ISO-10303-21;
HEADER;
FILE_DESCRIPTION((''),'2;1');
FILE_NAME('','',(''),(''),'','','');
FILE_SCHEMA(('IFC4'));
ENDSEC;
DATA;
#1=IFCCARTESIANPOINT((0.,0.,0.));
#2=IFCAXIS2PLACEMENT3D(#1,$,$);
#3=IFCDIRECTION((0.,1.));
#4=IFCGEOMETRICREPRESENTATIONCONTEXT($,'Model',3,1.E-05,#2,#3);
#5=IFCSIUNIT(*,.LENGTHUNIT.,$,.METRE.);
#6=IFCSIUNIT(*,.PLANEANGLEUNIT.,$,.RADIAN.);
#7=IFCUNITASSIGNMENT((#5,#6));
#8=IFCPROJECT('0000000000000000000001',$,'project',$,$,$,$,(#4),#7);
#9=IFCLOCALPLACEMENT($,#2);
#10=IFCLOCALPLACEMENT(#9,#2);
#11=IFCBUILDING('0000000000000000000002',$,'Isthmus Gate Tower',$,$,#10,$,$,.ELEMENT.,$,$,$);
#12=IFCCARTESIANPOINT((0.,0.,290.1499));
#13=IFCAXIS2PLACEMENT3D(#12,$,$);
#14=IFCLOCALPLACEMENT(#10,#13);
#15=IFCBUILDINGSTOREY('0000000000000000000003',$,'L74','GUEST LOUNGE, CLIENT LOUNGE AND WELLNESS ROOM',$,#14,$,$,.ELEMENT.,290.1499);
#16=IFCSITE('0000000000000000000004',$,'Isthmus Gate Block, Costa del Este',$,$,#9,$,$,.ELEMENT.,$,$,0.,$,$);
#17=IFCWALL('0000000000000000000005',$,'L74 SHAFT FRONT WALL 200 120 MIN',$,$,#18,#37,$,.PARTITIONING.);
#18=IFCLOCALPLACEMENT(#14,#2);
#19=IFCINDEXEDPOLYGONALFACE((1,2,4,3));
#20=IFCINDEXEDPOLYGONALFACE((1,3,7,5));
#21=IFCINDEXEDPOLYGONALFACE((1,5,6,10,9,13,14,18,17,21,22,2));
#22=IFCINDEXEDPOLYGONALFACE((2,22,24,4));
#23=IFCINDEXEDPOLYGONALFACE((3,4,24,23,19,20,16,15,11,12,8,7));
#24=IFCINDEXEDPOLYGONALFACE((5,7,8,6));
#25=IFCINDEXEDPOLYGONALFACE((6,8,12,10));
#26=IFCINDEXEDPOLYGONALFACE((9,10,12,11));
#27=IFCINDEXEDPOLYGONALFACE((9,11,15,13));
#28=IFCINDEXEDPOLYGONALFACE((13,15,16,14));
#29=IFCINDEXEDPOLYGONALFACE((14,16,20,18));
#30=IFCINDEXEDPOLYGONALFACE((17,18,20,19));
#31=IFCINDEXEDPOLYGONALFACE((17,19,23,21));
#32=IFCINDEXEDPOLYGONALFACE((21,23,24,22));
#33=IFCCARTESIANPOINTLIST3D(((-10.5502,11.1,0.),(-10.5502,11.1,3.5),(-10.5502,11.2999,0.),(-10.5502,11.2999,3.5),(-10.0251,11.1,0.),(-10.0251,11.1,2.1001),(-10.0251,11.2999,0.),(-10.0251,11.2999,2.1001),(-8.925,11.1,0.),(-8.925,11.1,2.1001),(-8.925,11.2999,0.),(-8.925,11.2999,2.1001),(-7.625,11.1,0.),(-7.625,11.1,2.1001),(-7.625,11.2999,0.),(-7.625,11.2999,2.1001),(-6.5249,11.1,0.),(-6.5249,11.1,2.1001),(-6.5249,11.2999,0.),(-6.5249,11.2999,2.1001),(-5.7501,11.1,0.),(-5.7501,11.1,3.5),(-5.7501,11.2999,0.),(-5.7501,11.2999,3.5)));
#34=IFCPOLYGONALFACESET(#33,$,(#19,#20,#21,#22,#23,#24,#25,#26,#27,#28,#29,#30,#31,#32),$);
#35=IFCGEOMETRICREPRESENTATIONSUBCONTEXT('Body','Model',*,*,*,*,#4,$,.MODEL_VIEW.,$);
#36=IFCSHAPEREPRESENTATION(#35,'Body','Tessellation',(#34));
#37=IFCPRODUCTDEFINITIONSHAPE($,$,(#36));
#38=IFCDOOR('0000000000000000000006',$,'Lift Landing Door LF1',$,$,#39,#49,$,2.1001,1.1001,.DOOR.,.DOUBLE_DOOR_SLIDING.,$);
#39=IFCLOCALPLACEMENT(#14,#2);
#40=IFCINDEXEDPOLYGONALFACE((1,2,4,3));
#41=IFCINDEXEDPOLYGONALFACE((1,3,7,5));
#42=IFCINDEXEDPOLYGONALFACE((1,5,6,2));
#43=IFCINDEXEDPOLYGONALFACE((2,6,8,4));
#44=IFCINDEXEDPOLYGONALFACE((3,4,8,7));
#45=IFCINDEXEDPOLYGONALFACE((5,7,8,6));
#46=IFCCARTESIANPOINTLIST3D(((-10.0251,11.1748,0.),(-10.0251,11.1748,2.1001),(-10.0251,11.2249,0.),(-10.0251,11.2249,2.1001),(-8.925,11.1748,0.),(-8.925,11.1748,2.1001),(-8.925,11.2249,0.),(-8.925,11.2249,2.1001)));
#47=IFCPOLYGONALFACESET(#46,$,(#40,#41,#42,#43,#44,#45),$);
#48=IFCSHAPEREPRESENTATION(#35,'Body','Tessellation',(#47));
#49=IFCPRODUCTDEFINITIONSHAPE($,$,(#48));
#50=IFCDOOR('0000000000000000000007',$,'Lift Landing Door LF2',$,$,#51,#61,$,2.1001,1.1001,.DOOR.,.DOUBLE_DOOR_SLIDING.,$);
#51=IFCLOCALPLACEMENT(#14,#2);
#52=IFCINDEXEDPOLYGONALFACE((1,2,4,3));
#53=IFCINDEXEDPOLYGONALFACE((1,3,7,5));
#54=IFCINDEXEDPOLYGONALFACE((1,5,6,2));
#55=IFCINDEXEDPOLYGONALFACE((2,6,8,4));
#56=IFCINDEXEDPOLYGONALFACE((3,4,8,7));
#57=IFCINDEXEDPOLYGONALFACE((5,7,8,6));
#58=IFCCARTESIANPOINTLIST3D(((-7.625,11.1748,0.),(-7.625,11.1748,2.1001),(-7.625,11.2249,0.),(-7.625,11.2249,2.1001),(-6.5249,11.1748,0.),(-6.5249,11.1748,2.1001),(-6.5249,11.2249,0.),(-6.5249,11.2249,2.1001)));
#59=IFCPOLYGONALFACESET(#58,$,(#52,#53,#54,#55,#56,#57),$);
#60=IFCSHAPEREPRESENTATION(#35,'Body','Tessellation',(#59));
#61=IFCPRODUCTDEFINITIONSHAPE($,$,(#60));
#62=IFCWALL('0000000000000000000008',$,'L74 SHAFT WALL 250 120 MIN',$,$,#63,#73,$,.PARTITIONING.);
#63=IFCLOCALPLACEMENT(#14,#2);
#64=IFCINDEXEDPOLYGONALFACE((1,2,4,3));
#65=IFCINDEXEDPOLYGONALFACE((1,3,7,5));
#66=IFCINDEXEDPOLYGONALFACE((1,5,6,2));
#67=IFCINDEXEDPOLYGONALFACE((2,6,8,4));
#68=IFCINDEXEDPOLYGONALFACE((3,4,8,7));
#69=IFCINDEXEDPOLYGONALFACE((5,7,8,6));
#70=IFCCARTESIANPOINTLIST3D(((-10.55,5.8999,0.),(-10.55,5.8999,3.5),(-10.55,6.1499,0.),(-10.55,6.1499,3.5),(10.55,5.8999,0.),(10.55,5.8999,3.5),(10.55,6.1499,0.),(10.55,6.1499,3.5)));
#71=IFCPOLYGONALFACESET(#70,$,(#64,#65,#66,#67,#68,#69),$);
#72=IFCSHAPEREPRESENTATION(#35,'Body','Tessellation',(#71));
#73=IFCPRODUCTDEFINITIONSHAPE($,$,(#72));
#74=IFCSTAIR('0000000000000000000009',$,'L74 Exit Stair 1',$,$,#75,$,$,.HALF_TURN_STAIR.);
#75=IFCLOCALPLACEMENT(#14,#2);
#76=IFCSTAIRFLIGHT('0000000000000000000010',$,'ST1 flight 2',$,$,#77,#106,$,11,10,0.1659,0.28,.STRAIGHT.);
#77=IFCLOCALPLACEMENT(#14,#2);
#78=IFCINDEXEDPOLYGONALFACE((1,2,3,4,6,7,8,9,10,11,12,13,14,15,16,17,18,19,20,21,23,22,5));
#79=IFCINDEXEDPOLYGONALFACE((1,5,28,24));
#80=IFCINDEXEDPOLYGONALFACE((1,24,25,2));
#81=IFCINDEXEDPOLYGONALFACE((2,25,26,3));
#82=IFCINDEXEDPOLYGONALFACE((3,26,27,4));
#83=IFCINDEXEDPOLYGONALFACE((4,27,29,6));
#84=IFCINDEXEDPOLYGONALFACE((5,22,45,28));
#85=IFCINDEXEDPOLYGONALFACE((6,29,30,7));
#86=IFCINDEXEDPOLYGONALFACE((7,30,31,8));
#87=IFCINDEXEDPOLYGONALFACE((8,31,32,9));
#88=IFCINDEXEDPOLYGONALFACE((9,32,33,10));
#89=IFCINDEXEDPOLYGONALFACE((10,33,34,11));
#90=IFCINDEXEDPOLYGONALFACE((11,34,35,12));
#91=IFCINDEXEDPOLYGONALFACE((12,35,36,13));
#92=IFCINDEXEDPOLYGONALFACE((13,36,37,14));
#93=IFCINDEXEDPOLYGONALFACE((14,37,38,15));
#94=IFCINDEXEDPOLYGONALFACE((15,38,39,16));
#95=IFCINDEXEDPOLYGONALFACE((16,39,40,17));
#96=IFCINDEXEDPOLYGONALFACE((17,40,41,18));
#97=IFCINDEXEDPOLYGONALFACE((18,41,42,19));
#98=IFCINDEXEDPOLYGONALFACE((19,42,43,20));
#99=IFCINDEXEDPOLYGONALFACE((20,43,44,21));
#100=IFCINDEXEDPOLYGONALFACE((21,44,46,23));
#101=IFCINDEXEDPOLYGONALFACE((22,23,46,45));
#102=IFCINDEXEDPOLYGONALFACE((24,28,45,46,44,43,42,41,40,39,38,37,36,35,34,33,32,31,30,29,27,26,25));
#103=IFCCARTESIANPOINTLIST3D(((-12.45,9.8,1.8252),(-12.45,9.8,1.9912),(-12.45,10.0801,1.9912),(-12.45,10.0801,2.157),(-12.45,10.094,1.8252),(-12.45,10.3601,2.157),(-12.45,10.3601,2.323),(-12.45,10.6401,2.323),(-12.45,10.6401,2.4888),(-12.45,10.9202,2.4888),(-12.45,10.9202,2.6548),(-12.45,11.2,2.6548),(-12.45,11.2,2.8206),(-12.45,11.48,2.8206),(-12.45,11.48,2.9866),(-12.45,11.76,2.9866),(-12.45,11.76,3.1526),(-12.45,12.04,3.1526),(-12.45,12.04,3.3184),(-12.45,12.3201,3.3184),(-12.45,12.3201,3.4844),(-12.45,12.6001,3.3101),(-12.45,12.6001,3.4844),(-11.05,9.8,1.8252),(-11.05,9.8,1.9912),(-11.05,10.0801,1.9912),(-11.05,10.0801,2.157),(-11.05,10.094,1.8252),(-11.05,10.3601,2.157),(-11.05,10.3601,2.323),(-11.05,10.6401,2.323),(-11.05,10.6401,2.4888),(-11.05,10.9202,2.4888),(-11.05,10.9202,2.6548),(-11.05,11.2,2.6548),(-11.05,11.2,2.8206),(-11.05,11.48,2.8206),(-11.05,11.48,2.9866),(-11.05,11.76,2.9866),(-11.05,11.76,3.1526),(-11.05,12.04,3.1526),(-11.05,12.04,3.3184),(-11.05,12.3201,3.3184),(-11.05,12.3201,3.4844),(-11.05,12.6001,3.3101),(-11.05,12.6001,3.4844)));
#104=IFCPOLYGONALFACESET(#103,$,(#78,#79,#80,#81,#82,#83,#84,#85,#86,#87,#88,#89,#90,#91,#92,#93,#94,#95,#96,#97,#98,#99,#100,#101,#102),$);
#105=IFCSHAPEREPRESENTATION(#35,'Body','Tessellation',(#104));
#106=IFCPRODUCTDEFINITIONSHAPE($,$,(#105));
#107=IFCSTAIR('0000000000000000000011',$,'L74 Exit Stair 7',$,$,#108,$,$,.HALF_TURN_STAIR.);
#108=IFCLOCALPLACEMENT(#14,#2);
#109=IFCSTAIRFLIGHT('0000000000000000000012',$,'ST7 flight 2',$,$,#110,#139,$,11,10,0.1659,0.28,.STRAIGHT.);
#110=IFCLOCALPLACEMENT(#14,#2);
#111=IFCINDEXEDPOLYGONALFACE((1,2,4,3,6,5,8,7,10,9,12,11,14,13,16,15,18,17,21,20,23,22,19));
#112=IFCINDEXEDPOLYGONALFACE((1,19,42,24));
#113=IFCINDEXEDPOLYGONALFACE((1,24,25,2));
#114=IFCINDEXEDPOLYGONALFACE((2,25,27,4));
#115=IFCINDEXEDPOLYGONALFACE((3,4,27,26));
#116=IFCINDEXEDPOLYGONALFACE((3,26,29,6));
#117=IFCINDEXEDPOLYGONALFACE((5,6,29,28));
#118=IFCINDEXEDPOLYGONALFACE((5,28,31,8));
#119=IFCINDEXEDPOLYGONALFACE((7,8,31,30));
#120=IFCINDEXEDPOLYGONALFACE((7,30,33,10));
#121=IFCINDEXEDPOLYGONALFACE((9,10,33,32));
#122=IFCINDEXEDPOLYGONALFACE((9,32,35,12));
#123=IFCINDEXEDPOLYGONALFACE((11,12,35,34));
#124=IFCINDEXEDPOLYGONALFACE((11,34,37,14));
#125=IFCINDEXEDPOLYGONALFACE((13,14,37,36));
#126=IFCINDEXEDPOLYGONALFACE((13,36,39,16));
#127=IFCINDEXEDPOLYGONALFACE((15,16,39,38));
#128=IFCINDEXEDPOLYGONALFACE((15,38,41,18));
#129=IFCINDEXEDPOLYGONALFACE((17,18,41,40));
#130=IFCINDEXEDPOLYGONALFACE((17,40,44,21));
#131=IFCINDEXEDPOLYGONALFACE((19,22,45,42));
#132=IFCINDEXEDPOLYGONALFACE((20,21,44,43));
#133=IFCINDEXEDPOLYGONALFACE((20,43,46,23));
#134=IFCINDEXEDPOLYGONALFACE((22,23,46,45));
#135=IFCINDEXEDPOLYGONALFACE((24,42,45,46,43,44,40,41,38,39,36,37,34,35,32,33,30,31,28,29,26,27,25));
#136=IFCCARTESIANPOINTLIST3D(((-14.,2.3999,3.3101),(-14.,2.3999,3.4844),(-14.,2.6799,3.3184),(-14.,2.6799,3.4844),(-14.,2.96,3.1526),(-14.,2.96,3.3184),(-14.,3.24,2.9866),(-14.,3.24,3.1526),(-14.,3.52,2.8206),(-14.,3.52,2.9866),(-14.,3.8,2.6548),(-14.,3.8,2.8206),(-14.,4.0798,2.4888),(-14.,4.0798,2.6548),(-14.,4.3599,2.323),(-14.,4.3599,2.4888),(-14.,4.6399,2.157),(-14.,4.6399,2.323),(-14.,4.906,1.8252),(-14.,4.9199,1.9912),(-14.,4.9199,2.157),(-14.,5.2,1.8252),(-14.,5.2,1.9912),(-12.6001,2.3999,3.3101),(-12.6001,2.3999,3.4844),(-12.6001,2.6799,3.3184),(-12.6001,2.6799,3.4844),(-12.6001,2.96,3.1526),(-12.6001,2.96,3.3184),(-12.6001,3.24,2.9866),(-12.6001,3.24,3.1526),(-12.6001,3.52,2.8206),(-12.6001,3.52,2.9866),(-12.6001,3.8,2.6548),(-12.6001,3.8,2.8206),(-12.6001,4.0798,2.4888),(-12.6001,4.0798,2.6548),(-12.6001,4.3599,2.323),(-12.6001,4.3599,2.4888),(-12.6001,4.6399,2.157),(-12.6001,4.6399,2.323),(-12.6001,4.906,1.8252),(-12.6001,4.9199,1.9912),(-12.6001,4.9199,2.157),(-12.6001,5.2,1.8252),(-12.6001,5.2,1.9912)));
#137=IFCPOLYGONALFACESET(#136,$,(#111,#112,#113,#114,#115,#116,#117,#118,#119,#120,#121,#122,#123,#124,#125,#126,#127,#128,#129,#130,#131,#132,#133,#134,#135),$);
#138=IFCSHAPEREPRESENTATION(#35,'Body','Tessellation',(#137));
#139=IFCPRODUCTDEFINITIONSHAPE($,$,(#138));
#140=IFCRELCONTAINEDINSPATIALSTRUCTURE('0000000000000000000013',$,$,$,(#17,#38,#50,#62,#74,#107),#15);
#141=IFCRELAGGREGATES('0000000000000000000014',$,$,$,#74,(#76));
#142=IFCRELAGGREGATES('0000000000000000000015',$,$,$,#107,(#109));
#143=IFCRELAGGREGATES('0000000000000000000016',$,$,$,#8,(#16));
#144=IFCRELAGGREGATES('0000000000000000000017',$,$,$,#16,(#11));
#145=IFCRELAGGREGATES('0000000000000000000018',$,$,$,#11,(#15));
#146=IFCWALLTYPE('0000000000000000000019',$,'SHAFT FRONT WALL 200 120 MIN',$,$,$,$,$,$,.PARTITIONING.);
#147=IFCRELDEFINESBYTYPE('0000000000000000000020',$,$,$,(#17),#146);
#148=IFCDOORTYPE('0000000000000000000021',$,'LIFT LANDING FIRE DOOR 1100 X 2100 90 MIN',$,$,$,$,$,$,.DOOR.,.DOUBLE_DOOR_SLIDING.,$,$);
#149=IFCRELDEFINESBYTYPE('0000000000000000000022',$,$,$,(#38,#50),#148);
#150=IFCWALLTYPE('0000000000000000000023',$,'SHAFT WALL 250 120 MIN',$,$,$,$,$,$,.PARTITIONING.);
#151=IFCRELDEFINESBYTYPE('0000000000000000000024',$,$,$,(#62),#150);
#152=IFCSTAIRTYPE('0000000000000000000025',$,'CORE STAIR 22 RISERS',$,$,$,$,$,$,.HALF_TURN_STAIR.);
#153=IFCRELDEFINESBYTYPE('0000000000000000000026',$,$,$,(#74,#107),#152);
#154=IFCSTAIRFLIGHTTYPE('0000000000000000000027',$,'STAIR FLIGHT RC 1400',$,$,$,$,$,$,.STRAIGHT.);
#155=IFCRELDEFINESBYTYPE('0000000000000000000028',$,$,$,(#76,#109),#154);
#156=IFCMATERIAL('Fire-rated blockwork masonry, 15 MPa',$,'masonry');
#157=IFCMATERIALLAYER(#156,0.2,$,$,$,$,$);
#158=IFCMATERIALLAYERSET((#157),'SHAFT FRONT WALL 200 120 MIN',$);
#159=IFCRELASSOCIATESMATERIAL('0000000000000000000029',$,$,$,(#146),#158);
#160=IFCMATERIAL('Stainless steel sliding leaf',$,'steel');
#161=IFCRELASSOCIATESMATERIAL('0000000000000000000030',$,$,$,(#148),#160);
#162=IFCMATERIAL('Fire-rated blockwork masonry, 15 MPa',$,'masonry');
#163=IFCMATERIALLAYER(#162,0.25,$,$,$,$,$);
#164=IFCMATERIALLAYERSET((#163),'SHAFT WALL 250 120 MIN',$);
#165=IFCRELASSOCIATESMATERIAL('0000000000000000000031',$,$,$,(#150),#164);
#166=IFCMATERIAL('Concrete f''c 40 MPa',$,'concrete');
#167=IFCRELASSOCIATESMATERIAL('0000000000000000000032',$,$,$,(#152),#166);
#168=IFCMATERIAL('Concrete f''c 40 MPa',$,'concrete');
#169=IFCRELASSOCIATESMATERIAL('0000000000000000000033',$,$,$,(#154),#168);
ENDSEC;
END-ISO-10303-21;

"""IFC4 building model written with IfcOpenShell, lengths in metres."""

from ifc_helpers import new_model, si_unit, direction, frame, frame_2d, origin, place, context, subcontext, project, spatial, polyline, rectangle, outline, extrude, material, layer, layer_set, type_object, element, fill, aggregate, save


model = new_model("IFC4")

# Units and contexts
model_context = context("Model", 3, precision=1e-05, world=origin(), true_north=direction((0.0, 1.0)))
body_context = subcontext(model_context, "Body", "Model", "MODEL_VIEW")
ifc_project = project(units=[si_unit("LENGTHUNIT", "METRE"), si_unit("PLANEANGLEUNIT", "RADIAN")], contexts=[model_context])

# Site, building, storey
site_placement = place(None, origin())
site = spatial("IfcSite", under=ifc_project, at=site_placement, Name="Isthmus Gate Block, Costa del Este", CompositionType="ELEMENT", RefElevation=0.0)
building_placement = place(site_placement, origin())
building = spatial("IfcBuilding", under=site, at=building_placement, Name="Isthmus Gate Tower", CompositionType="ELEMENT")
storey_placement = place(building_placement, frame((0.0, 0.0, 290.1499)))
storey = spatial("IfcBuildingStorey", under=building, at=storey_placement, Name="L74", Description="GUEST LOUNGE, CLIENT LOUNGE AND WELLNESS ROOM", CompositionType="ELEMENT", Elevation=290.1499)

# Wall, openings, doors
ifc_material_1 = material(Name="Fire-rated blockwork masonry, 15 MPa", Category="masonry")
ifc_layer_1 = layer(ifc_material_1, 0.2)
ifc_layer_set_1 = layer_set([ifc_layer_1], Name="SHAFT FRONT WALL 200 120 MIN")
wall_type_1 = type_object("IfcWallType", Name="SHAFT FRONT WALL 200 120 MIN", PredefinedType="PARTITIONING", material=ifc_layer_set_1)
wall_1_placement = place(storey_placement, frame((-10.55, 11.2, 0.0), z_axis=(0.0, 0.0, 1.0), x_axis=(1.0, 0.0, 0.0)))
wall_1 = element("IfcWall", 1, at=wall_1_placement, inside=storey, type_object=wall_type_1, Name="L74 SHAFT FRONT WALL 200 120 MIN", PredefinedType="PARTITIONING", context=body_context, shape_type="SweptSolid", body=[
    extrude(rectangle(XDim=4.8, YDim=0.2, at=frame_2d((2.3999, 0.0))), origin(), (0.0, 0.0, 1.0), 3.5),
])
opening_1_placement = place(wall_1_placement, frame((0.5249, 0.0, 0.0)))
opening_1 = element("IfcOpeningElement", 2, at=opening_1_placement, cuts=wall_1, PredefinedType="OPENING", context=body_context, shape_type="SweptSolid", body=[
    extrude(rectangle(XDim=1.1001, YDim=2.1001, at=frame_2d((0.55, 1.05))), frame((0.0, 0.1099, 0.0), z_axis=(0.0, -1.0, 0.0), x_axis=(1.0, 0.0, 0.0)), (0.0, 0.0, 1.0), 0.22),
])
opening_2_placement = place(wall_1_placement, frame((2.925, 0.0, 0.0)))
opening_2 = element("IfcOpeningElement", 3, at=opening_2_placement, cuts=wall_1, PredefinedType="OPENING", context=body_context, shape_type="SweptSolid", body=[
    extrude(rectangle(XDim=1.1001, YDim=2.1001, at=frame_2d((0.55, 1.05))), frame((0.0, 0.1099, 0.0), z_axis=(0.0, -1.0, 0.0), x_axis=(1.0, 0.0, 0.0)), (0.0, 0.0, 1.0), 0.22),
])
ifc_material_2 = material(Name="Stainless steel sliding leaf", Category="steel")
door_type_1 = type_object("IfcDoorType", Name="LIFT LANDING FIRE DOOR 1100 X 2100 90 MIN", OperationType="DOUBLE_DOOR_SLIDING", PredefinedType="DOOR", material=ifc_material_2)
door_1_placement = place(opening_1_placement, origin())
door_1 = element("IfcDoor", 4, at=door_1_placement, inside=storey, type_object=door_type_1, Name="Lift Landing Door LF1", OperationType="DOUBLE_DOOR_SLIDING", OverallHeight=2.1001, OverallWidth=1.1001, PredefinedType="DOOR", context=body_context, shape_type="SweptSolid", body=[
    extrude(rectangle(XDim=1.1001, YDim=2.1001, at=frame_2d((0.55, 1.05))), frame((0.0, 0.0249, 0.0), z_axis=(0.0, -1.0, 0.0), x_axis=(1.0, 0.0, 0.0)), (0.0, 0.0, 1.0), 0.05),
])
fill(opening_1, door_1)
door_2_placement = place(opening_2_placement, origin())
door_2 = element("IfcDoor", 5, at=door_2_placement, inside=storey, type_object=door_type_1, Name="Lift Landing Door LF2", OperationType="DOUBLE_DOOR_SLIDING", OverallHeight=2.1001, OverallWidth=1.1001, PredefinedType="DOOR", context=body_context, shape_type="SweptSolid", body=[
    extrude(rectangle(XDim=1.1001, YDim=2.1001, at=frame_2d((0.55, 1.05))), frame((0.0, 0.0249, 0.0), z_axis=(0.0, -1.0, 0.0), x_axis=(1.0, 0.0, 0.0)), (0.0, 0.0, 1.0), 0.05),
])
fill(opening_2, door_2)

# Wall
ifc_material_3 = material(Name="Fire-rated blockwork masonry, 15 MPa", Category="masonry")
ifc_layer_2 = layer(ifc_material_3, 0.25)
ifc_layer_set_2 = layer_set([ifc_layer_2], Name="SHAFT WALL 250 120 MIN")
wall_type_2 = type_object("IfcWallType", Name="SHAFT WALL 250 120 MIN", PredefinedType="PARTITIONING", material=ifc_layer_set_2)
wall_2_placement = place(storey_placement, frame((-10.55, 6.0249, 0.0), z_axis=(0.0, 0.0, 1.0), x_axis=(1.0, 0.0, 0.0)))
element("IfcWall", 6, at=wall_2_placement, inside=storey, type_object=wall_type_2, Name="L74 SHAFT WALL 250 120 MIN", PredefinedType="PARTITIONING", context=body_context, shape_type="SweptSolid", body=[
    extrude(rectangle(XDim=21.1001, YDim=0.25, at=frame_2d((10.55, 0.0))), origin(), (0.0, 0.0, 1.0), 3.5),
])

# Stairs, stair flights
ifc_material_4 = material(Name="Concrete f'c 40 MPa", Category="concrete")
stair_type = type_object("IfcStairType", Name="CORE STAIR 22 RISERS", PredefinedType="HALF_TURN_STAIR", material=ifc_material_4)
stair_1_placement = place(storey_placement, origin())
stair_1 = element("IfcStair", 7, at=stair_1_placement, inside=storey, type_object=stair_type, Name="L74 Exit Stair 1", PredefinedType="HALF_TURN_STAIR")
ifc_material_5 = material(Name="Concrete f'c 40 MPa", Category="concrete")
stair_flight_type = type_object("IfcStairFlightType", Name="STAIR FLIGHT RC 1400", PredefinedType="STRAIGHT", material=ifc_material_5)
stair_flight_1_placement = place(storey_placement, frame((-11.75, 9.8, 1.8252), z_axis=(0.0, 0.0, 1.0), x_axis=(0.0, 1.0, 0.0)))
stair_flight_1 = element("IfcStairFlight", 8, at=stair_flight_1_placement, type_object=stair_flight_type, Name="ST1 flight 2", NumberOfRisers=11, NumberOfTreads=10, PredefinedType="STRAIGHT", RiserHeight=0.1659, TreadLength=0.28, context=body_context, shape_type="SweptSolid", body=[
    extrude(outline(polyline([(0.0, 0.0), (0.0, 0.166), (0.28, 0.166), (0.28, 0.3318), (0.5601, 0.3318), (0.5601, 0.4978), (0.8401, 0.4978), (0.8401, 0.6636), (1.1201, 0.6636), (1.1201, 0.8296), (1.3999, 0.8296), (1.3999, 0.9954), (1.6799, 0.9954), (1.6799, 1.1614), (1.96, 1.1614), (1.96, 1.3274), (2.24, 1.3274), (2.24, 1.4932), (2.52, 1.4932), (2.52, 1.6592), (2.8, 1.6592), (2.8, 1.825), (2.8, 1.4849), (0.2939, 0.0), (0.0, 0.0)])), frame((0.0, 0.7, 0.0), z_axis=(0.0, -1.0, 0.0), x_axis=(1.0, 0.0, 0.0)), (0.0, 0.0, 1.0), 1.3999),
])
aggregate(stair_1, [stair_flight_1])
stair_2_placement = place(storey_placement, origin())
stair_2 = element("IfcStair", 9, at=stair_2_placement, inside=storey, type_object=stair_type, Name="L74 Exit Stair 7", PredefinedType="HALF_TURN_STAIR")
stair_flight_2_placement = place(storey_placement, frame((-13.3, 5.2, 1.8252), z_axis=(0.0, 0.0, 1.0), x_axis=(0.0, -1.0, 0.0)))
stair_flight_2 = element("IfcStairFlight", 10, at=stair_flight_2_placement, type_object=stair_flight_type, Name="ST7 flight 2", NumberOfRisers=11, NumberOfTreads=10, PredefinedType="STRAIGHT", RiserHeight=0.1659, TreadLength=0.28, context=body_context, shape_type="SweptSolid", body=[
    extrude(outline(polyline([(0.0, 0.0), (0.0, 0.166), (0.28, 0.166), (0.28, 0.3318), (0.5601, 0.3318), (0.5601, 0.4978), (0.8401, 0.4978), (0.8401, 0.6636), (1.1201, 0.6636), (1.1201, 0.8296), (1.3999, 0.8296), (1.3999, 0.9954), (1.6799, 0.9954), (1.6799, 1.1614), (1.96, 1.1614), (1.96, 1.3274), (2.24, 1.3274), (2.24, 1.4932), (2.52, 1.4932), (2.52, 1.6592), (2.8, 1.6592), (2.8, 1.825), (2.8, 1.4849), (0.2939, 0.0), (0.0, 0.0)])), frame((0.0, 0.7, 0.0), z_axis=(0.0, -1.0, 0.0), x_axis=(1.0, 0.0, 0.0)), (0.0, 0.0, 1.0), 1.3999),
])
aggregate(stair_2, [stair_flight_2])

save(model, "model.ifc")
